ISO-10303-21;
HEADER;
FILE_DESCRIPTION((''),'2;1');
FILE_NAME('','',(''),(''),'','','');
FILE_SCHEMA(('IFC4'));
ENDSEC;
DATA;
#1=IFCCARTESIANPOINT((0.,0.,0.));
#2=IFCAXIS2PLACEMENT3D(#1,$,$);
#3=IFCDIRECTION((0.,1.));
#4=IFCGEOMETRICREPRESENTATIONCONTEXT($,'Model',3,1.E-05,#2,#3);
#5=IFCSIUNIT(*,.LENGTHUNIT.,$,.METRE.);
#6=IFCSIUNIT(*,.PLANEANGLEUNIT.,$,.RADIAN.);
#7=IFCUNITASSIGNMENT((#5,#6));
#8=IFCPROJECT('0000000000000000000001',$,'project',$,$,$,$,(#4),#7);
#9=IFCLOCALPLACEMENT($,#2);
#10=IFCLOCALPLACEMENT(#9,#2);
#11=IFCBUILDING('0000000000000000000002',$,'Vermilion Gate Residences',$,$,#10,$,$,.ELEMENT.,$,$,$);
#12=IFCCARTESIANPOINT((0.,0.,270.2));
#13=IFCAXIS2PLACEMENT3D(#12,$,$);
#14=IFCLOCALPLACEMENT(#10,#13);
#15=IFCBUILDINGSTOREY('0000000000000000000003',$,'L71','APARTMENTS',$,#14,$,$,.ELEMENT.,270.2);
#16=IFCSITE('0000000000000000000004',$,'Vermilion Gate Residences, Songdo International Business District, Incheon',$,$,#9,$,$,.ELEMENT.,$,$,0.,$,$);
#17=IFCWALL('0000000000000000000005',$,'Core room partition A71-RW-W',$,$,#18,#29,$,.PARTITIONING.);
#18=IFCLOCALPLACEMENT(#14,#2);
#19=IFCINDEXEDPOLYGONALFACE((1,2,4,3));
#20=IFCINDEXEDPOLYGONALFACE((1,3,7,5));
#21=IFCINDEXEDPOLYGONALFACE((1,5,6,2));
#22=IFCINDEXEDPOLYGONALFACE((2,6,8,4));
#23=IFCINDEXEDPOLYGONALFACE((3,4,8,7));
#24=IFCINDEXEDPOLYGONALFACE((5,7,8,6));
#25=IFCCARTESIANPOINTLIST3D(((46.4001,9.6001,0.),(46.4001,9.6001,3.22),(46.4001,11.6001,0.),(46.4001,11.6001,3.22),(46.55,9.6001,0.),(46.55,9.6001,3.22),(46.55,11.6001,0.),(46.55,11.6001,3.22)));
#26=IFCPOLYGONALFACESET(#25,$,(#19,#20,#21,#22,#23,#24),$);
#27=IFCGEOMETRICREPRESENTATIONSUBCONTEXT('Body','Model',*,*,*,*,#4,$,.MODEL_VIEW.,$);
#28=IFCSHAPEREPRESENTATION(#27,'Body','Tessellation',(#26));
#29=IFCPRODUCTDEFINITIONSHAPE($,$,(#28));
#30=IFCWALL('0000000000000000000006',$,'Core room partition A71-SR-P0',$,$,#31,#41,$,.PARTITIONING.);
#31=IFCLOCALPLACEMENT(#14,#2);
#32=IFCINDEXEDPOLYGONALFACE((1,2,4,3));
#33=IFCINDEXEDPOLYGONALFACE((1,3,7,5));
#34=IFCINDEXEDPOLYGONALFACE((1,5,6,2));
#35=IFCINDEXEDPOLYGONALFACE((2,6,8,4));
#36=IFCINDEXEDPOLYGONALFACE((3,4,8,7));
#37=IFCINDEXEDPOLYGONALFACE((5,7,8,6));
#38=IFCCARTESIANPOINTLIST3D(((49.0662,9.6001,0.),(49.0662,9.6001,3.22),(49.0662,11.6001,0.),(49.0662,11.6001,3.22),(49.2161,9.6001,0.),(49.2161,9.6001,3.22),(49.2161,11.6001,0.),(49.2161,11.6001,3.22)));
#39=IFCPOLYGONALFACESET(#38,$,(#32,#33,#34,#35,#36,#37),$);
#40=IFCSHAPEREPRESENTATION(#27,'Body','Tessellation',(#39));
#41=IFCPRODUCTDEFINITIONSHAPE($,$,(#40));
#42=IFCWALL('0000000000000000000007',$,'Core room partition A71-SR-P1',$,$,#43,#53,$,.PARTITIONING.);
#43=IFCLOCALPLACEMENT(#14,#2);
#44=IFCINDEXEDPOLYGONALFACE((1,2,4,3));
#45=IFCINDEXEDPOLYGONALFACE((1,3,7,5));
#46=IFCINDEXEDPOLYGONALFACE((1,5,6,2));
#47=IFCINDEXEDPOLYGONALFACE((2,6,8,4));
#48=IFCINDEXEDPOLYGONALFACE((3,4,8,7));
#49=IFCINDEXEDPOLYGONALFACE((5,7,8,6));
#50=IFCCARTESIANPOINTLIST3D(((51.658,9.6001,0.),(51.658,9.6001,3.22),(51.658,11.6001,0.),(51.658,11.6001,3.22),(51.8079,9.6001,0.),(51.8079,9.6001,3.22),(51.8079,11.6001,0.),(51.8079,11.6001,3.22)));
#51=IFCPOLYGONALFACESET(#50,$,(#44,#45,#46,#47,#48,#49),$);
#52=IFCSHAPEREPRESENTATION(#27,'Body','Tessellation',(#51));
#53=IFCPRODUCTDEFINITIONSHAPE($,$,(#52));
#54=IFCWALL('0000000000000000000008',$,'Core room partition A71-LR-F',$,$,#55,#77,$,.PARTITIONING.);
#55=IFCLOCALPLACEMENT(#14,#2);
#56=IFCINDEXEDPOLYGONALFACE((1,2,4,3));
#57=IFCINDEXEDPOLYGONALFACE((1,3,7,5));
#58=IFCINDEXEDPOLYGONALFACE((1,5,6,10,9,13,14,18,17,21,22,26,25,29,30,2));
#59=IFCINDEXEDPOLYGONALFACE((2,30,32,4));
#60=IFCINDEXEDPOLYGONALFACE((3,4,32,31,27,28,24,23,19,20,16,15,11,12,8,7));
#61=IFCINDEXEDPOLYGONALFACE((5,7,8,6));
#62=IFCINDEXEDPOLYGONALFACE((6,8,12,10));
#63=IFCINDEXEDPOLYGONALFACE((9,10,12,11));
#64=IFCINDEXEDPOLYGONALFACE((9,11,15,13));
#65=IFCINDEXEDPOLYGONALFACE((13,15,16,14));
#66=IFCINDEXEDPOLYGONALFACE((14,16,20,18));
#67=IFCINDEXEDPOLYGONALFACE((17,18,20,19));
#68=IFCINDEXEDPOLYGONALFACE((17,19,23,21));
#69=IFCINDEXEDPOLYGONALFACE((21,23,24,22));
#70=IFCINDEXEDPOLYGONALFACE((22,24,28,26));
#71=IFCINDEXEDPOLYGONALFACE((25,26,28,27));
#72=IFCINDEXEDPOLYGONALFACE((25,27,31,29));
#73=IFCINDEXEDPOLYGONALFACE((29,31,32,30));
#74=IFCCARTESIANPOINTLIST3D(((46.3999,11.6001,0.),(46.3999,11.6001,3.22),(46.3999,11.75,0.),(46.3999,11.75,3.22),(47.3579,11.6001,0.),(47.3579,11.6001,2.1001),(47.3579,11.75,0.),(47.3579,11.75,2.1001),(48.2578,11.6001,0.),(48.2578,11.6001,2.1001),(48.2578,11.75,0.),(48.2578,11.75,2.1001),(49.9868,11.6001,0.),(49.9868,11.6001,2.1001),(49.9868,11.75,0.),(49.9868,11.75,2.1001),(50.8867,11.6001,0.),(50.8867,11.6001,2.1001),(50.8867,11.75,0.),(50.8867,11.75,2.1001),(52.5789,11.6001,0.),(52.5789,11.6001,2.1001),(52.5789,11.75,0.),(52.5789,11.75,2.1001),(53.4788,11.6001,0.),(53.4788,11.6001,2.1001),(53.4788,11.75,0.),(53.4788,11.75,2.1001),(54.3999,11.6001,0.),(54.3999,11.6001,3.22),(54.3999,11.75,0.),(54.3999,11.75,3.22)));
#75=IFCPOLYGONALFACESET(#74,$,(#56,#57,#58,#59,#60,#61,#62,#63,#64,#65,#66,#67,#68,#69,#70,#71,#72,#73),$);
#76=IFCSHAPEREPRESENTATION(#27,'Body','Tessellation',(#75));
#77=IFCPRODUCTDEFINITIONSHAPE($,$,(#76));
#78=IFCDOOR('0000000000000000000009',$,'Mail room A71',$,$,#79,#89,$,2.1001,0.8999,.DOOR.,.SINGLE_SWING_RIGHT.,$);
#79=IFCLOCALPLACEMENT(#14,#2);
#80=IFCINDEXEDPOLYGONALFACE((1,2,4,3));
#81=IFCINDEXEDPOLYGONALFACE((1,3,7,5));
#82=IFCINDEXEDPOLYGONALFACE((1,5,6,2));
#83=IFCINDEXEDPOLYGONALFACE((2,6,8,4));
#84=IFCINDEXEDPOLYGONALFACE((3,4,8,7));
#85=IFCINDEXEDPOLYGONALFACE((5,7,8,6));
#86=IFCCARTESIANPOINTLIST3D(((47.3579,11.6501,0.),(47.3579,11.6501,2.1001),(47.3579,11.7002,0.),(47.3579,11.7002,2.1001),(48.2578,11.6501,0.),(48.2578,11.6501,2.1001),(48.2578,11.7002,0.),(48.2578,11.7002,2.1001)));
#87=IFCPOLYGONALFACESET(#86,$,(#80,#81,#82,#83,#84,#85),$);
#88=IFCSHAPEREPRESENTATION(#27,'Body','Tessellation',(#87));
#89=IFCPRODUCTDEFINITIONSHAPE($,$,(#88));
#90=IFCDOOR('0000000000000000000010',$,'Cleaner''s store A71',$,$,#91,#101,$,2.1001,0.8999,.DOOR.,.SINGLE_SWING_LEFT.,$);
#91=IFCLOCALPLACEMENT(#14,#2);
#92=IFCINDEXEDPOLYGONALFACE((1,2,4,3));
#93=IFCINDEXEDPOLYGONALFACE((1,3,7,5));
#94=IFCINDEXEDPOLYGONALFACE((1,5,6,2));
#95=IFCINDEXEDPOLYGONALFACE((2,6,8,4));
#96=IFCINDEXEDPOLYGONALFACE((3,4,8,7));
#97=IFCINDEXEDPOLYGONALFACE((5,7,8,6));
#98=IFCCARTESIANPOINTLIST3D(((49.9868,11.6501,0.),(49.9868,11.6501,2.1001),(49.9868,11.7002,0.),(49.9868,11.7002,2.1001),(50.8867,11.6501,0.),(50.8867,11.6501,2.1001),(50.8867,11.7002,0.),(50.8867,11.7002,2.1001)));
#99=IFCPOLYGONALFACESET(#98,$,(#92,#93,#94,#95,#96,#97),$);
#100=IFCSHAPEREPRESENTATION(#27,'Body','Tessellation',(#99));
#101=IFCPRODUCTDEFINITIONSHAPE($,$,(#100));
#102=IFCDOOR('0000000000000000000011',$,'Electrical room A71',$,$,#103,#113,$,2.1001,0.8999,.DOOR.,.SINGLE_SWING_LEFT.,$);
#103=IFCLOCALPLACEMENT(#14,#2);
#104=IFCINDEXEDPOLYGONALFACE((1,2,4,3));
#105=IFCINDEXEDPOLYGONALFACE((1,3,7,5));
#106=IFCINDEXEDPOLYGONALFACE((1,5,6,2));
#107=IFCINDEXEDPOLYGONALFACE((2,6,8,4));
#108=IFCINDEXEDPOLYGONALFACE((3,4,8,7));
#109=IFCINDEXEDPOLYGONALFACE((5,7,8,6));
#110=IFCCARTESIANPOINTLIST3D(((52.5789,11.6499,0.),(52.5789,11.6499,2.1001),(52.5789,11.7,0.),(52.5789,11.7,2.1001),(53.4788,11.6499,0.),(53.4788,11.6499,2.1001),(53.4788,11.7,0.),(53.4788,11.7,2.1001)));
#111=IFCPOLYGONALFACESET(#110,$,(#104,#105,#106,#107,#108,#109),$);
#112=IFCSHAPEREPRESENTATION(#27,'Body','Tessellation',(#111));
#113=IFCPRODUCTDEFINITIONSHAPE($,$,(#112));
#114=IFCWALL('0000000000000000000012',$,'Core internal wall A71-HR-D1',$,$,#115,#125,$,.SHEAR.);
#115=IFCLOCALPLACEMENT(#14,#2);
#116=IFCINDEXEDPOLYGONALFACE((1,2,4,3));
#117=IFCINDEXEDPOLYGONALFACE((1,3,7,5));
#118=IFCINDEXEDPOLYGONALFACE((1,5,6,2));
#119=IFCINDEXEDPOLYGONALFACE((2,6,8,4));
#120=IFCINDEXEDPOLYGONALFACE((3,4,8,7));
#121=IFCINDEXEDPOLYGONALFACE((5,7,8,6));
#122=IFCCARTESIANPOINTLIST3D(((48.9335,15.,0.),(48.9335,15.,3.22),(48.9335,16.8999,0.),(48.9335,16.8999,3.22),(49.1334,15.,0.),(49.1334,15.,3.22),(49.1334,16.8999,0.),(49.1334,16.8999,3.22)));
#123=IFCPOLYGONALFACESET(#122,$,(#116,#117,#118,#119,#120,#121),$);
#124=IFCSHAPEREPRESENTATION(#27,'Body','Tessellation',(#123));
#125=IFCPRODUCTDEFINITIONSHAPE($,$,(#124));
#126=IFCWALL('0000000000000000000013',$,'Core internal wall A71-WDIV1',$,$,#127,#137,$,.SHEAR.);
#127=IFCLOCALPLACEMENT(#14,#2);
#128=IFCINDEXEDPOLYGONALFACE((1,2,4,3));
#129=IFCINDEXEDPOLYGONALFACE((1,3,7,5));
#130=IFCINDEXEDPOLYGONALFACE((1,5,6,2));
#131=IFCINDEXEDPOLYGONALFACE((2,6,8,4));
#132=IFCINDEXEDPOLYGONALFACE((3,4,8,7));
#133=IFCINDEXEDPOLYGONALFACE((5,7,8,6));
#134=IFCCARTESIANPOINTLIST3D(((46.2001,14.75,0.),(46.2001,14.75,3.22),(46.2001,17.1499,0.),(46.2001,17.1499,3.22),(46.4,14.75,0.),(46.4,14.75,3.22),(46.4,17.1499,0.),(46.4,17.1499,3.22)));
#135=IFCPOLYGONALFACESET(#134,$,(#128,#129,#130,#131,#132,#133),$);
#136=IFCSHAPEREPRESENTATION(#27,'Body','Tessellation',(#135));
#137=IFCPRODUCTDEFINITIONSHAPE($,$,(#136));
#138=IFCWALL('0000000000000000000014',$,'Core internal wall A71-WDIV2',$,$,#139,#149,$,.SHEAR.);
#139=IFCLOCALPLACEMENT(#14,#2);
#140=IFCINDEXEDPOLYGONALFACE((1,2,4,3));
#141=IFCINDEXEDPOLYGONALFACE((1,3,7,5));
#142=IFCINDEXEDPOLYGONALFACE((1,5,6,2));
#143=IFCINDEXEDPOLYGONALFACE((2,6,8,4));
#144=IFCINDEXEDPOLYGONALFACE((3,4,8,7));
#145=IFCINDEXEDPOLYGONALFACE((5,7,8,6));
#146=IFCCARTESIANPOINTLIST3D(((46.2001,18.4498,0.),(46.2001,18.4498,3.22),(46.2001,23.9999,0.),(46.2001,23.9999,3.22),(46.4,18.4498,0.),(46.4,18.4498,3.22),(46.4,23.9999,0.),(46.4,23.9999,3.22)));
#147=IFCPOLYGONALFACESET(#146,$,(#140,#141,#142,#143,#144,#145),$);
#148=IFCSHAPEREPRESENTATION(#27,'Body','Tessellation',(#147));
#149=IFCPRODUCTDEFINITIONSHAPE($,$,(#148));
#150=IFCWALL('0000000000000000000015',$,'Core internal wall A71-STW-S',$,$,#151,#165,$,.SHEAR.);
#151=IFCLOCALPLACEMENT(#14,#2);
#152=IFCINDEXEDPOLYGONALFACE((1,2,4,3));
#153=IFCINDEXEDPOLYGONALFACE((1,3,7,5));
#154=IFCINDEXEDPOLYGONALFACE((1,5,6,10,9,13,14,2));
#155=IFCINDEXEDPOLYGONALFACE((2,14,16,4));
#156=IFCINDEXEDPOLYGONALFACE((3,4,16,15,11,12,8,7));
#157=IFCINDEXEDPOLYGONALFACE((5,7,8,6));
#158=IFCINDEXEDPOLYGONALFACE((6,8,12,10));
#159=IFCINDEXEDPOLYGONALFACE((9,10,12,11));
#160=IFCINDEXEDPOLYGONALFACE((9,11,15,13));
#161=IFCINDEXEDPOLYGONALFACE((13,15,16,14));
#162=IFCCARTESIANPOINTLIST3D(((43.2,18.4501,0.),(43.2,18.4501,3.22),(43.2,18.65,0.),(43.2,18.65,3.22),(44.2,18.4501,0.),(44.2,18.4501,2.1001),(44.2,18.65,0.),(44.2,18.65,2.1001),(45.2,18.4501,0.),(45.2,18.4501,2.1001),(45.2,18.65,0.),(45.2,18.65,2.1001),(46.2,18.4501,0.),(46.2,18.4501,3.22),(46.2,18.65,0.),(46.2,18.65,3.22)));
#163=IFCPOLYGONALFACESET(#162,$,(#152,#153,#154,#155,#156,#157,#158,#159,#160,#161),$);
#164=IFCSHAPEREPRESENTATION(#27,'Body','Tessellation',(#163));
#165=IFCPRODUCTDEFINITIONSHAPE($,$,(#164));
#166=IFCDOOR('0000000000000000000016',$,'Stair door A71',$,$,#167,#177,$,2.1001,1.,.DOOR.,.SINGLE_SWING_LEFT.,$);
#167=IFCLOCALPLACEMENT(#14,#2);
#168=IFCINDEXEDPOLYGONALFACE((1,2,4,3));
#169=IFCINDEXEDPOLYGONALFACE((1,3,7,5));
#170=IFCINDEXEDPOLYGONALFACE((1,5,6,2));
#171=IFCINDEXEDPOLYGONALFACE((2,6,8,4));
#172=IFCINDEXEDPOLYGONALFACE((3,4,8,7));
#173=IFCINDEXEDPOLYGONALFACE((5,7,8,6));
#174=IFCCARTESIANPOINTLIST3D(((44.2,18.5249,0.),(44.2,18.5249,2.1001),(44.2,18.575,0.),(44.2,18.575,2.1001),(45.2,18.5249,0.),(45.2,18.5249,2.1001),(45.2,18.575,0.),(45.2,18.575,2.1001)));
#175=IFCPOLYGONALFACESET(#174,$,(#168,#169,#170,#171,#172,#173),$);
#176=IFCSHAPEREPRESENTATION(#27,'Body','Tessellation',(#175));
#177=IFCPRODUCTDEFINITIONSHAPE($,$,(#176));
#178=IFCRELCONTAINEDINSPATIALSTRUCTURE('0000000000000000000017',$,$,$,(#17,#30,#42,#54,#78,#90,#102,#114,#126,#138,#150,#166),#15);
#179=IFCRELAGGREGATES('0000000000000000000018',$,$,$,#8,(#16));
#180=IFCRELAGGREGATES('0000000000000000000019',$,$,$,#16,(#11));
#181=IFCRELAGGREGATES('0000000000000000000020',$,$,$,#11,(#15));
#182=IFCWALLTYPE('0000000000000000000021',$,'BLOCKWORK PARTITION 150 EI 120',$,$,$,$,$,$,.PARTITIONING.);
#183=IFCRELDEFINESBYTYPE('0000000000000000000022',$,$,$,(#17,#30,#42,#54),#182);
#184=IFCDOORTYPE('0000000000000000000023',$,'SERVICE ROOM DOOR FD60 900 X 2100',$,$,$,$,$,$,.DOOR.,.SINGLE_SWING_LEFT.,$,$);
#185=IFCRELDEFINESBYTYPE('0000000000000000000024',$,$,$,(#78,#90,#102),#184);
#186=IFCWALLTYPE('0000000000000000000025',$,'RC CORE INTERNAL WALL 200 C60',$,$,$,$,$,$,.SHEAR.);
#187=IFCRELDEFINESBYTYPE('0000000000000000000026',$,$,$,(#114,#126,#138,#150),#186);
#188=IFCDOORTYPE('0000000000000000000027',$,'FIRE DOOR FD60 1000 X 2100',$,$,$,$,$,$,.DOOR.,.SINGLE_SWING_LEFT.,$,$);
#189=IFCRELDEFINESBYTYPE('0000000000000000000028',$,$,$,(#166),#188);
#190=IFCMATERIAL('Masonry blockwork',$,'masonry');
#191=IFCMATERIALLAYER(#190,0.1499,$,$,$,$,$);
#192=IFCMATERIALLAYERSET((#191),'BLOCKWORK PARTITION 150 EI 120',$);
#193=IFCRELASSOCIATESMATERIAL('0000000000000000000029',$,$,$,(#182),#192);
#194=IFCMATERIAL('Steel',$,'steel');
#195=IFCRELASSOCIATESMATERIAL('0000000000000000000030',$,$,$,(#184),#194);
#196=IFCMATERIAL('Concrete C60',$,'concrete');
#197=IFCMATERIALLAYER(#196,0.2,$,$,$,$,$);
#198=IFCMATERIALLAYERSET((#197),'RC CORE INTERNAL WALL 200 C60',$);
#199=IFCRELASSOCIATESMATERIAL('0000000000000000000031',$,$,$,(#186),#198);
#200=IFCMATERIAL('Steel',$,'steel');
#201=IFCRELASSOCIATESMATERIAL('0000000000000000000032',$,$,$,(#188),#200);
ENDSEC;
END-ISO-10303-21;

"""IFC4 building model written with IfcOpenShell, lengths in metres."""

from ifc_helpers import new_model, si_unit, direction, frame, frame_2d, origin, place, context, subcontext, project, spatial, rectangle, extrude, material, layer, layer_set, type_object, element, fill, save


model = new_model("IFC4")

# Units and contexts
model_context = context("Model", 3, precision=1e-05, world=origin(), true_north=direction((0.0, 1.0)))
body_context = subcontext(model_context, "Body", "Model", "MODEL_VIEW")
ifc_project = project(units=[si_unit("LENGTHUNIT", "METRE"), si_unit("PLANEANGLEUNIT", "RADIAN")], contexts=[model_context])

# Site, building, storey
site_placement = place(None, origin())
site = spatial("IfcSite", under=ifc_project, at=site_placement, Name="Vermilion Gate Residences, Songdo International Business District, Incheon", CompositionType="ELEMENT", RefElevation=0.0)
building_placement = place(site_placement, origin())
building = spatial("IfcBuilding", under=site, at=building_placement, Name="Vermilion Gate Residences", CompositionType="ELEMENT")
storey_placement = place(building_placement, frame((0.0, 0.0, 270.2)))
storey = spatial("IfcBuildingStorey", under=building, at=storey_placement, Name="L71", Description="APARTMENTS", CompositionType="ELEMENT", Elevation=270.2)

# Walls
ifc_material_1 = material(Name="Masonry blockwork", Category="masonry")
ifc_layer_1 = layer(ifc_material_1, 0.1499)
ifc_layer_set_1 = layer_set([ifc_layer_1], Name="BLOCKWORK PARTITION 150 EI 120")
wall_type_1 = type_object("IfcWallType", Name="BLOCKWORK PARTITION 150 EI 120", PredefinedType="PARTITIONING", material=ifc_layer_set_1)
for number, where, z_axis, x_axis, name in (
    (1, (46.4751, 9.6001, 0.0), (0.0, 0.0, 1.0), (0.0, 1.0, 0.0), "Core room partition A71-RW-W"),
    (2, (49.1411, 9.6001, 0.0), (0.0, 0.0, 1.0), (0.0, 1.0, 0.0), "Core room partition A71-SR-P0"),
    (3, (51.7329, 9.6001, 0.0), (0.0, 0.0, 1.0), (0.0, 1.0, 0.0), "Core room partition A71-SR-P1"),
):
    element("IfcWall", number, at=place(storey_placement, frame(where, z_axis=z_axis, x_axis=x_axis)), inside=storey, type_object=wall_type_1, Name=name, PredefinedType="PARTITIONING", context=body_context, shape_type="SweptSolid", body=[
        extrude(rectangle(XDim=2.0, YDim=0.1499, at=frame_2d((1.0, 0.0))), origin(), (0.0, 0.0, 1.0), 3.22),
    ])

# Wall, openings, doors
wall_1_placement = place(storey_placement, frame((46.3999, 11.675, 0.0), z_axis=(0.0, 0.0, 1.0), x_axis=(1.0, 0.0, 0.0)))
wall_1 = element("IfcWall", 4, at=wall_1_placement, inside=storey, type_object=wall_type_1, Name="Core room partition A71-LR-F", PredefinedType="PARTITIONING", context=body_context, shape_type="SweptSolid", body=[
    extrude(rectangle(XDim=8.0, YDim=0.1499, at=frame_2d((4.0, 0.0))), origin(), (0.0, 0.0, 1.0), 3.22),
])
opening_1_placement = place(wall_1_placement, frame((0.958, 0.0, 0.0)))
opening_1 = element("IfcOpeningElement", 5, at=opening_1_placement, cuts=wall_1, PredefinedType="OPENING", context=body_context, shape_type="SweptSolid", body=[
    extrude(rectangle(XDim=0.8999, YDim=2.1001, at=frame_2d((0.45, 1.05))), frame((0.0, 0.085, 0.0), z_axis=(0.0, -1.0, 0.0), x_axis=(1.0, 0.0, 0.0)), (0.0, 0.0, 1.0), 0.1699),
])
opening_2_placement = place(wall_1_placement, frame((3.5869, 0.0, 0.0)))
opening_2 = element("IfcOpeningElement", 6, at=opening_2_placement, cuts=wall_1, PredefinedType="OPENING", context=body_context, shape_type="SweptSolid", body=[
    extrude(rectangle(XDim=0.8999, YDim=2.1001, at=frame_2d((0.45, 1.05))), frame((0.0, 0.085, 0.0), z_axis=(0.0, -1.0, 0.0), x_axis=(1.0, 0.0, 0.0)), (0.0, 0.0, 1.0), 0.1699),
])
opening_3_placement = place(wall_1_placement, frame((6.179, 0.0, 0.0)))
opening_3 = element("IfcOpeningElement", 7, at=opening_3_placement, cuts=wall_1, PredefinedType="OPENING", context=body_context, shape_type="SweptSolid", body=[
    extrude(rectangle(XDim=0.8999, YDim=2.1001, at=frame_2d((0.45, 1.05))), frame((0.0, 0.085, 0.0), z_axis=(0.0, -1.0, 0.0), x_axis=(1.0, 0.0, 0.0)), (0.0, 0.0, 1.0), 0.1699),
])
ifc_material_2 = material(Name="Steel", Category="steel")
door_type_1 = type_object("IfcDoorType", Name="SERVICE ROOM DOOR FD60 900 X 2100", OperationType="SINGLE_SWING_LEFT", PredefinedType="DOOR", material=ifc_material_2)
door_1_placement = place(opening_1_placement, frame((0.8999, 0.0, 0.0), z_axis=(0.0, 0.0, 1.0), x_axis=(-1.0, 0.0, 0.0)))
door_1 = element("IfcDoor", 8, at=door_1_placement, inside=storey, type_object=door_type_1, Name="Mail room A71", OperationType="SINGLE_SWING_RIGHT", OverallHeight=2.1001, OverallWidth=0.8999, PredefinedType="DOOR", context=body_context, shape_type="SweptSolid", body=[
    extrude(rectangle(XDim=0.8999, YDim=2.1001, at=frame_2d((0.45, 1.05))), frame((0.0, 0.0249, 0.0), z_axis=(0.0, -1.0, 0.0), x_axis=(1.0, 0.0, 0.0)), (0.0, 0.0, 1.0), 0.05),
])
fill(opening_1, door_1)
door_2_placement = place(opening_2_placement, frame((0.8999, 0.0, 0.0), z_axis=(0.0, 0.0, 1.0), x_axis=(-1.0, 0.0, 0.0)))
door_2 = element("IfcDoor", 9, at=door_2_placement, inside=storey, type_object=door_type_1, Name="Cleaner's store A71", OperationType="SINGLE_SWING_LEFT", OverallHeight=2.1001, OverallWidth=0.8999, PredefinedType="DOOR", context=body_context, shape_type="SweptSolid", body=[
    extrude(rectangle(XDim=0.8999, YDim=2.1001, at=frame_2d((0.45, 1.05))), frame((0.0, 0.0249, 0.0), z_axis=(0.0, -1.0, 0.0), x_axis=(1.0, 0.0, 0.0)), (0.0, 0.0, 1.0), 0.05),
])
fill(opening_2, door_2)
door_3_placement = place(opening_3_placement, origin())
door_3 = element("IfcDoor", 10, at=door_3_placement, inside=storey, type_object=door_type_1, Name="Electrical room A71", OperationType="SINGLE_SWING_LEFT", OverallHeight=2.1001, OverallWidth=0.8999, PredefinedType="DOOR", context=body_context, shape_type="SweptSolid", body=[
    extrude(rectangle(XDim=0.8999, YDim=2.1001, at=frame_2d((0.45, 1.05))), frame((0.0, 0.0249, 0.0), z_axis=(0.0, -1.0, 0.0), x_axis=(1.0, 0.0, 0.0)), (0.0, 0.0, 1.0), 0.05),
])
fill(opening_3, door_3)

# Walls
ifc_material_3 = material(Name="Concrete C60", Category="concrete")
ifc_layer_2 = layer(ifc_material_3, 0.2)
ifc_layer_set_2 = layer_set([ifc_layer_2], Name="RC CORE INTERNAL WALL 200 C60")
wall_type_2 = type_object("IfcWallType", Name="RC CORE INTERNAL WALL 200 C60", PredefinedType="SHEAR", material=ifc_layer_set_2)
wall_2_placement = place(storey_placement, frame((49.0334, 15.0, 0.0), z_axis=(0.0, 0.0, 1.0), x_axis=(0.0, 1.0, 0.0)))
element("IfcWall", 11, at=wall_2_placement, inside=storey, type_object=wall_type_2, Name="Core internal wall A71-HR-D1", PredefinedType="SHEAR", context=body_context, shape_type="SweptSolid", body=[
    extrude(rectangle(XDim=1.8999, YDim=0.2, at=frame_2d((0.95, 0.0))), origin(), (0.0, 0.0, 1.0), 3.22),
])
wall_3_placement = place(storey_placement, frame((46.3, 14.75, 0.0), z_axis=(0.0, 0.0, 1.0), x_axis=(0.0, 1.0, 0.0)))
element("IfcWall", 12, at=wall_3_placement, inside=storey, type_object=wall_type_2, Name="Core internal wall A71-WDIV1", PredefinedType="SHEAR", context=body_context, shape_type="SweptSolid", body=[
    extrude(rectangle(XDim=2.3999, YDim=0.2, at=frame_2d((1.2, 0.0))), origin(), (0.0, 0.0, 1.0), 3.22),
])
wall_4_placement = place(storey_placement, frame((46.3, 18.45, 0.0), z_axis=(0.0, 0.0, 1.0), x_axis=(0.0, 1.0, 0.0)))
element("IfcWall", 13, at=wall_4_placement, inside=storey, type_object=wall_type_2, Name="Core internal wall A71-WDIV2", PredefinedType="SHEAR", context=body_context, shape_type="SweptSolid", body=[
    extrude(rectangle(XDim=5.55, YDim=0.2, at=frame_2d((2.7749, 0.0))), origin(), (0.0, 0.0, 1.0), 3.22),
])

# Wall, opening, door
wall_5_placement = place(storey_placement, frame((43.2, 18.55, 0.0), z_axis=(0.0, 0.0, 1.0), x_axis=(1.0, 0.0, 0.0)))
wall_5 = element("IfcWall", 14, at=wall_5_placement, inside=storey, type_object=wall_type_2, Name="Core internal wall A71-STW-S", PredefinedType="SHEAR", context=body_context, shape_type="SweptSolid", body=[
    extrude(rectangle(XDim=3.0, YDim=0.2, at=frame_2d((1.5, 0.0))), origin(), (0.0, 0.0, 1.0), 3.22),
])
opening_4_placement = place(wall_5_placement, frame((1.0, 0.0, 0.0)))
opening_4 = element("IfcOpeningElement", 15, at=opening_4_placement, cuts=wall_5, PredefinedType="OPENING", context=body_context, shape_type="SweptSolid", body=[
    extrude(rectangle(XDim=1.0, YDim=2.1001, at=frame_2d((0.5, 1.05))), frame((0.0, 0.1099, 0.0), z_axis=(0.0, -1.0, 0.0), x_axis=(1.0, 0.0, 0.0)), (0.0, 0.0, 1.0), 0.22),
])
ifc_material_4 = material(Name="Steel", Category="steel")
door_type_2 = type_object("IfcDoorType", Name="FIRE DOOR FD60 1000 X 2100", OperationType="SINGLE_SWING_LEFT", PredefinedType="DOOR", material=ifc_material_4)
door_4_placement = place(opening_4_placement, origin())
door_4 = element("IfcDoor", 16, at=door_4_placement, inside=storey, type_object=door_type_2, Name="Stair door A71", OperationType="SINGLE_SWING_LEFT", OverallHeight=2.1001, OverallWidth=1.0, PredefinedType="DOOR", context=body_context, shape_type="SweptSolid", body=[
    extrude(rectangle(XDim=1.0, YDim=2.1001, at=frame_2d((0.5, 1.05))), frame((0.0, 0.0249, 0.0), z_axis=(0.0, -1.0, 0.0), x_axis=(1.0, 0.0, 0.0)), (0.0, 0.0, 1.0), 0.05),
])
fill(opening_4, door_4)

save(model, "model.ifc")
